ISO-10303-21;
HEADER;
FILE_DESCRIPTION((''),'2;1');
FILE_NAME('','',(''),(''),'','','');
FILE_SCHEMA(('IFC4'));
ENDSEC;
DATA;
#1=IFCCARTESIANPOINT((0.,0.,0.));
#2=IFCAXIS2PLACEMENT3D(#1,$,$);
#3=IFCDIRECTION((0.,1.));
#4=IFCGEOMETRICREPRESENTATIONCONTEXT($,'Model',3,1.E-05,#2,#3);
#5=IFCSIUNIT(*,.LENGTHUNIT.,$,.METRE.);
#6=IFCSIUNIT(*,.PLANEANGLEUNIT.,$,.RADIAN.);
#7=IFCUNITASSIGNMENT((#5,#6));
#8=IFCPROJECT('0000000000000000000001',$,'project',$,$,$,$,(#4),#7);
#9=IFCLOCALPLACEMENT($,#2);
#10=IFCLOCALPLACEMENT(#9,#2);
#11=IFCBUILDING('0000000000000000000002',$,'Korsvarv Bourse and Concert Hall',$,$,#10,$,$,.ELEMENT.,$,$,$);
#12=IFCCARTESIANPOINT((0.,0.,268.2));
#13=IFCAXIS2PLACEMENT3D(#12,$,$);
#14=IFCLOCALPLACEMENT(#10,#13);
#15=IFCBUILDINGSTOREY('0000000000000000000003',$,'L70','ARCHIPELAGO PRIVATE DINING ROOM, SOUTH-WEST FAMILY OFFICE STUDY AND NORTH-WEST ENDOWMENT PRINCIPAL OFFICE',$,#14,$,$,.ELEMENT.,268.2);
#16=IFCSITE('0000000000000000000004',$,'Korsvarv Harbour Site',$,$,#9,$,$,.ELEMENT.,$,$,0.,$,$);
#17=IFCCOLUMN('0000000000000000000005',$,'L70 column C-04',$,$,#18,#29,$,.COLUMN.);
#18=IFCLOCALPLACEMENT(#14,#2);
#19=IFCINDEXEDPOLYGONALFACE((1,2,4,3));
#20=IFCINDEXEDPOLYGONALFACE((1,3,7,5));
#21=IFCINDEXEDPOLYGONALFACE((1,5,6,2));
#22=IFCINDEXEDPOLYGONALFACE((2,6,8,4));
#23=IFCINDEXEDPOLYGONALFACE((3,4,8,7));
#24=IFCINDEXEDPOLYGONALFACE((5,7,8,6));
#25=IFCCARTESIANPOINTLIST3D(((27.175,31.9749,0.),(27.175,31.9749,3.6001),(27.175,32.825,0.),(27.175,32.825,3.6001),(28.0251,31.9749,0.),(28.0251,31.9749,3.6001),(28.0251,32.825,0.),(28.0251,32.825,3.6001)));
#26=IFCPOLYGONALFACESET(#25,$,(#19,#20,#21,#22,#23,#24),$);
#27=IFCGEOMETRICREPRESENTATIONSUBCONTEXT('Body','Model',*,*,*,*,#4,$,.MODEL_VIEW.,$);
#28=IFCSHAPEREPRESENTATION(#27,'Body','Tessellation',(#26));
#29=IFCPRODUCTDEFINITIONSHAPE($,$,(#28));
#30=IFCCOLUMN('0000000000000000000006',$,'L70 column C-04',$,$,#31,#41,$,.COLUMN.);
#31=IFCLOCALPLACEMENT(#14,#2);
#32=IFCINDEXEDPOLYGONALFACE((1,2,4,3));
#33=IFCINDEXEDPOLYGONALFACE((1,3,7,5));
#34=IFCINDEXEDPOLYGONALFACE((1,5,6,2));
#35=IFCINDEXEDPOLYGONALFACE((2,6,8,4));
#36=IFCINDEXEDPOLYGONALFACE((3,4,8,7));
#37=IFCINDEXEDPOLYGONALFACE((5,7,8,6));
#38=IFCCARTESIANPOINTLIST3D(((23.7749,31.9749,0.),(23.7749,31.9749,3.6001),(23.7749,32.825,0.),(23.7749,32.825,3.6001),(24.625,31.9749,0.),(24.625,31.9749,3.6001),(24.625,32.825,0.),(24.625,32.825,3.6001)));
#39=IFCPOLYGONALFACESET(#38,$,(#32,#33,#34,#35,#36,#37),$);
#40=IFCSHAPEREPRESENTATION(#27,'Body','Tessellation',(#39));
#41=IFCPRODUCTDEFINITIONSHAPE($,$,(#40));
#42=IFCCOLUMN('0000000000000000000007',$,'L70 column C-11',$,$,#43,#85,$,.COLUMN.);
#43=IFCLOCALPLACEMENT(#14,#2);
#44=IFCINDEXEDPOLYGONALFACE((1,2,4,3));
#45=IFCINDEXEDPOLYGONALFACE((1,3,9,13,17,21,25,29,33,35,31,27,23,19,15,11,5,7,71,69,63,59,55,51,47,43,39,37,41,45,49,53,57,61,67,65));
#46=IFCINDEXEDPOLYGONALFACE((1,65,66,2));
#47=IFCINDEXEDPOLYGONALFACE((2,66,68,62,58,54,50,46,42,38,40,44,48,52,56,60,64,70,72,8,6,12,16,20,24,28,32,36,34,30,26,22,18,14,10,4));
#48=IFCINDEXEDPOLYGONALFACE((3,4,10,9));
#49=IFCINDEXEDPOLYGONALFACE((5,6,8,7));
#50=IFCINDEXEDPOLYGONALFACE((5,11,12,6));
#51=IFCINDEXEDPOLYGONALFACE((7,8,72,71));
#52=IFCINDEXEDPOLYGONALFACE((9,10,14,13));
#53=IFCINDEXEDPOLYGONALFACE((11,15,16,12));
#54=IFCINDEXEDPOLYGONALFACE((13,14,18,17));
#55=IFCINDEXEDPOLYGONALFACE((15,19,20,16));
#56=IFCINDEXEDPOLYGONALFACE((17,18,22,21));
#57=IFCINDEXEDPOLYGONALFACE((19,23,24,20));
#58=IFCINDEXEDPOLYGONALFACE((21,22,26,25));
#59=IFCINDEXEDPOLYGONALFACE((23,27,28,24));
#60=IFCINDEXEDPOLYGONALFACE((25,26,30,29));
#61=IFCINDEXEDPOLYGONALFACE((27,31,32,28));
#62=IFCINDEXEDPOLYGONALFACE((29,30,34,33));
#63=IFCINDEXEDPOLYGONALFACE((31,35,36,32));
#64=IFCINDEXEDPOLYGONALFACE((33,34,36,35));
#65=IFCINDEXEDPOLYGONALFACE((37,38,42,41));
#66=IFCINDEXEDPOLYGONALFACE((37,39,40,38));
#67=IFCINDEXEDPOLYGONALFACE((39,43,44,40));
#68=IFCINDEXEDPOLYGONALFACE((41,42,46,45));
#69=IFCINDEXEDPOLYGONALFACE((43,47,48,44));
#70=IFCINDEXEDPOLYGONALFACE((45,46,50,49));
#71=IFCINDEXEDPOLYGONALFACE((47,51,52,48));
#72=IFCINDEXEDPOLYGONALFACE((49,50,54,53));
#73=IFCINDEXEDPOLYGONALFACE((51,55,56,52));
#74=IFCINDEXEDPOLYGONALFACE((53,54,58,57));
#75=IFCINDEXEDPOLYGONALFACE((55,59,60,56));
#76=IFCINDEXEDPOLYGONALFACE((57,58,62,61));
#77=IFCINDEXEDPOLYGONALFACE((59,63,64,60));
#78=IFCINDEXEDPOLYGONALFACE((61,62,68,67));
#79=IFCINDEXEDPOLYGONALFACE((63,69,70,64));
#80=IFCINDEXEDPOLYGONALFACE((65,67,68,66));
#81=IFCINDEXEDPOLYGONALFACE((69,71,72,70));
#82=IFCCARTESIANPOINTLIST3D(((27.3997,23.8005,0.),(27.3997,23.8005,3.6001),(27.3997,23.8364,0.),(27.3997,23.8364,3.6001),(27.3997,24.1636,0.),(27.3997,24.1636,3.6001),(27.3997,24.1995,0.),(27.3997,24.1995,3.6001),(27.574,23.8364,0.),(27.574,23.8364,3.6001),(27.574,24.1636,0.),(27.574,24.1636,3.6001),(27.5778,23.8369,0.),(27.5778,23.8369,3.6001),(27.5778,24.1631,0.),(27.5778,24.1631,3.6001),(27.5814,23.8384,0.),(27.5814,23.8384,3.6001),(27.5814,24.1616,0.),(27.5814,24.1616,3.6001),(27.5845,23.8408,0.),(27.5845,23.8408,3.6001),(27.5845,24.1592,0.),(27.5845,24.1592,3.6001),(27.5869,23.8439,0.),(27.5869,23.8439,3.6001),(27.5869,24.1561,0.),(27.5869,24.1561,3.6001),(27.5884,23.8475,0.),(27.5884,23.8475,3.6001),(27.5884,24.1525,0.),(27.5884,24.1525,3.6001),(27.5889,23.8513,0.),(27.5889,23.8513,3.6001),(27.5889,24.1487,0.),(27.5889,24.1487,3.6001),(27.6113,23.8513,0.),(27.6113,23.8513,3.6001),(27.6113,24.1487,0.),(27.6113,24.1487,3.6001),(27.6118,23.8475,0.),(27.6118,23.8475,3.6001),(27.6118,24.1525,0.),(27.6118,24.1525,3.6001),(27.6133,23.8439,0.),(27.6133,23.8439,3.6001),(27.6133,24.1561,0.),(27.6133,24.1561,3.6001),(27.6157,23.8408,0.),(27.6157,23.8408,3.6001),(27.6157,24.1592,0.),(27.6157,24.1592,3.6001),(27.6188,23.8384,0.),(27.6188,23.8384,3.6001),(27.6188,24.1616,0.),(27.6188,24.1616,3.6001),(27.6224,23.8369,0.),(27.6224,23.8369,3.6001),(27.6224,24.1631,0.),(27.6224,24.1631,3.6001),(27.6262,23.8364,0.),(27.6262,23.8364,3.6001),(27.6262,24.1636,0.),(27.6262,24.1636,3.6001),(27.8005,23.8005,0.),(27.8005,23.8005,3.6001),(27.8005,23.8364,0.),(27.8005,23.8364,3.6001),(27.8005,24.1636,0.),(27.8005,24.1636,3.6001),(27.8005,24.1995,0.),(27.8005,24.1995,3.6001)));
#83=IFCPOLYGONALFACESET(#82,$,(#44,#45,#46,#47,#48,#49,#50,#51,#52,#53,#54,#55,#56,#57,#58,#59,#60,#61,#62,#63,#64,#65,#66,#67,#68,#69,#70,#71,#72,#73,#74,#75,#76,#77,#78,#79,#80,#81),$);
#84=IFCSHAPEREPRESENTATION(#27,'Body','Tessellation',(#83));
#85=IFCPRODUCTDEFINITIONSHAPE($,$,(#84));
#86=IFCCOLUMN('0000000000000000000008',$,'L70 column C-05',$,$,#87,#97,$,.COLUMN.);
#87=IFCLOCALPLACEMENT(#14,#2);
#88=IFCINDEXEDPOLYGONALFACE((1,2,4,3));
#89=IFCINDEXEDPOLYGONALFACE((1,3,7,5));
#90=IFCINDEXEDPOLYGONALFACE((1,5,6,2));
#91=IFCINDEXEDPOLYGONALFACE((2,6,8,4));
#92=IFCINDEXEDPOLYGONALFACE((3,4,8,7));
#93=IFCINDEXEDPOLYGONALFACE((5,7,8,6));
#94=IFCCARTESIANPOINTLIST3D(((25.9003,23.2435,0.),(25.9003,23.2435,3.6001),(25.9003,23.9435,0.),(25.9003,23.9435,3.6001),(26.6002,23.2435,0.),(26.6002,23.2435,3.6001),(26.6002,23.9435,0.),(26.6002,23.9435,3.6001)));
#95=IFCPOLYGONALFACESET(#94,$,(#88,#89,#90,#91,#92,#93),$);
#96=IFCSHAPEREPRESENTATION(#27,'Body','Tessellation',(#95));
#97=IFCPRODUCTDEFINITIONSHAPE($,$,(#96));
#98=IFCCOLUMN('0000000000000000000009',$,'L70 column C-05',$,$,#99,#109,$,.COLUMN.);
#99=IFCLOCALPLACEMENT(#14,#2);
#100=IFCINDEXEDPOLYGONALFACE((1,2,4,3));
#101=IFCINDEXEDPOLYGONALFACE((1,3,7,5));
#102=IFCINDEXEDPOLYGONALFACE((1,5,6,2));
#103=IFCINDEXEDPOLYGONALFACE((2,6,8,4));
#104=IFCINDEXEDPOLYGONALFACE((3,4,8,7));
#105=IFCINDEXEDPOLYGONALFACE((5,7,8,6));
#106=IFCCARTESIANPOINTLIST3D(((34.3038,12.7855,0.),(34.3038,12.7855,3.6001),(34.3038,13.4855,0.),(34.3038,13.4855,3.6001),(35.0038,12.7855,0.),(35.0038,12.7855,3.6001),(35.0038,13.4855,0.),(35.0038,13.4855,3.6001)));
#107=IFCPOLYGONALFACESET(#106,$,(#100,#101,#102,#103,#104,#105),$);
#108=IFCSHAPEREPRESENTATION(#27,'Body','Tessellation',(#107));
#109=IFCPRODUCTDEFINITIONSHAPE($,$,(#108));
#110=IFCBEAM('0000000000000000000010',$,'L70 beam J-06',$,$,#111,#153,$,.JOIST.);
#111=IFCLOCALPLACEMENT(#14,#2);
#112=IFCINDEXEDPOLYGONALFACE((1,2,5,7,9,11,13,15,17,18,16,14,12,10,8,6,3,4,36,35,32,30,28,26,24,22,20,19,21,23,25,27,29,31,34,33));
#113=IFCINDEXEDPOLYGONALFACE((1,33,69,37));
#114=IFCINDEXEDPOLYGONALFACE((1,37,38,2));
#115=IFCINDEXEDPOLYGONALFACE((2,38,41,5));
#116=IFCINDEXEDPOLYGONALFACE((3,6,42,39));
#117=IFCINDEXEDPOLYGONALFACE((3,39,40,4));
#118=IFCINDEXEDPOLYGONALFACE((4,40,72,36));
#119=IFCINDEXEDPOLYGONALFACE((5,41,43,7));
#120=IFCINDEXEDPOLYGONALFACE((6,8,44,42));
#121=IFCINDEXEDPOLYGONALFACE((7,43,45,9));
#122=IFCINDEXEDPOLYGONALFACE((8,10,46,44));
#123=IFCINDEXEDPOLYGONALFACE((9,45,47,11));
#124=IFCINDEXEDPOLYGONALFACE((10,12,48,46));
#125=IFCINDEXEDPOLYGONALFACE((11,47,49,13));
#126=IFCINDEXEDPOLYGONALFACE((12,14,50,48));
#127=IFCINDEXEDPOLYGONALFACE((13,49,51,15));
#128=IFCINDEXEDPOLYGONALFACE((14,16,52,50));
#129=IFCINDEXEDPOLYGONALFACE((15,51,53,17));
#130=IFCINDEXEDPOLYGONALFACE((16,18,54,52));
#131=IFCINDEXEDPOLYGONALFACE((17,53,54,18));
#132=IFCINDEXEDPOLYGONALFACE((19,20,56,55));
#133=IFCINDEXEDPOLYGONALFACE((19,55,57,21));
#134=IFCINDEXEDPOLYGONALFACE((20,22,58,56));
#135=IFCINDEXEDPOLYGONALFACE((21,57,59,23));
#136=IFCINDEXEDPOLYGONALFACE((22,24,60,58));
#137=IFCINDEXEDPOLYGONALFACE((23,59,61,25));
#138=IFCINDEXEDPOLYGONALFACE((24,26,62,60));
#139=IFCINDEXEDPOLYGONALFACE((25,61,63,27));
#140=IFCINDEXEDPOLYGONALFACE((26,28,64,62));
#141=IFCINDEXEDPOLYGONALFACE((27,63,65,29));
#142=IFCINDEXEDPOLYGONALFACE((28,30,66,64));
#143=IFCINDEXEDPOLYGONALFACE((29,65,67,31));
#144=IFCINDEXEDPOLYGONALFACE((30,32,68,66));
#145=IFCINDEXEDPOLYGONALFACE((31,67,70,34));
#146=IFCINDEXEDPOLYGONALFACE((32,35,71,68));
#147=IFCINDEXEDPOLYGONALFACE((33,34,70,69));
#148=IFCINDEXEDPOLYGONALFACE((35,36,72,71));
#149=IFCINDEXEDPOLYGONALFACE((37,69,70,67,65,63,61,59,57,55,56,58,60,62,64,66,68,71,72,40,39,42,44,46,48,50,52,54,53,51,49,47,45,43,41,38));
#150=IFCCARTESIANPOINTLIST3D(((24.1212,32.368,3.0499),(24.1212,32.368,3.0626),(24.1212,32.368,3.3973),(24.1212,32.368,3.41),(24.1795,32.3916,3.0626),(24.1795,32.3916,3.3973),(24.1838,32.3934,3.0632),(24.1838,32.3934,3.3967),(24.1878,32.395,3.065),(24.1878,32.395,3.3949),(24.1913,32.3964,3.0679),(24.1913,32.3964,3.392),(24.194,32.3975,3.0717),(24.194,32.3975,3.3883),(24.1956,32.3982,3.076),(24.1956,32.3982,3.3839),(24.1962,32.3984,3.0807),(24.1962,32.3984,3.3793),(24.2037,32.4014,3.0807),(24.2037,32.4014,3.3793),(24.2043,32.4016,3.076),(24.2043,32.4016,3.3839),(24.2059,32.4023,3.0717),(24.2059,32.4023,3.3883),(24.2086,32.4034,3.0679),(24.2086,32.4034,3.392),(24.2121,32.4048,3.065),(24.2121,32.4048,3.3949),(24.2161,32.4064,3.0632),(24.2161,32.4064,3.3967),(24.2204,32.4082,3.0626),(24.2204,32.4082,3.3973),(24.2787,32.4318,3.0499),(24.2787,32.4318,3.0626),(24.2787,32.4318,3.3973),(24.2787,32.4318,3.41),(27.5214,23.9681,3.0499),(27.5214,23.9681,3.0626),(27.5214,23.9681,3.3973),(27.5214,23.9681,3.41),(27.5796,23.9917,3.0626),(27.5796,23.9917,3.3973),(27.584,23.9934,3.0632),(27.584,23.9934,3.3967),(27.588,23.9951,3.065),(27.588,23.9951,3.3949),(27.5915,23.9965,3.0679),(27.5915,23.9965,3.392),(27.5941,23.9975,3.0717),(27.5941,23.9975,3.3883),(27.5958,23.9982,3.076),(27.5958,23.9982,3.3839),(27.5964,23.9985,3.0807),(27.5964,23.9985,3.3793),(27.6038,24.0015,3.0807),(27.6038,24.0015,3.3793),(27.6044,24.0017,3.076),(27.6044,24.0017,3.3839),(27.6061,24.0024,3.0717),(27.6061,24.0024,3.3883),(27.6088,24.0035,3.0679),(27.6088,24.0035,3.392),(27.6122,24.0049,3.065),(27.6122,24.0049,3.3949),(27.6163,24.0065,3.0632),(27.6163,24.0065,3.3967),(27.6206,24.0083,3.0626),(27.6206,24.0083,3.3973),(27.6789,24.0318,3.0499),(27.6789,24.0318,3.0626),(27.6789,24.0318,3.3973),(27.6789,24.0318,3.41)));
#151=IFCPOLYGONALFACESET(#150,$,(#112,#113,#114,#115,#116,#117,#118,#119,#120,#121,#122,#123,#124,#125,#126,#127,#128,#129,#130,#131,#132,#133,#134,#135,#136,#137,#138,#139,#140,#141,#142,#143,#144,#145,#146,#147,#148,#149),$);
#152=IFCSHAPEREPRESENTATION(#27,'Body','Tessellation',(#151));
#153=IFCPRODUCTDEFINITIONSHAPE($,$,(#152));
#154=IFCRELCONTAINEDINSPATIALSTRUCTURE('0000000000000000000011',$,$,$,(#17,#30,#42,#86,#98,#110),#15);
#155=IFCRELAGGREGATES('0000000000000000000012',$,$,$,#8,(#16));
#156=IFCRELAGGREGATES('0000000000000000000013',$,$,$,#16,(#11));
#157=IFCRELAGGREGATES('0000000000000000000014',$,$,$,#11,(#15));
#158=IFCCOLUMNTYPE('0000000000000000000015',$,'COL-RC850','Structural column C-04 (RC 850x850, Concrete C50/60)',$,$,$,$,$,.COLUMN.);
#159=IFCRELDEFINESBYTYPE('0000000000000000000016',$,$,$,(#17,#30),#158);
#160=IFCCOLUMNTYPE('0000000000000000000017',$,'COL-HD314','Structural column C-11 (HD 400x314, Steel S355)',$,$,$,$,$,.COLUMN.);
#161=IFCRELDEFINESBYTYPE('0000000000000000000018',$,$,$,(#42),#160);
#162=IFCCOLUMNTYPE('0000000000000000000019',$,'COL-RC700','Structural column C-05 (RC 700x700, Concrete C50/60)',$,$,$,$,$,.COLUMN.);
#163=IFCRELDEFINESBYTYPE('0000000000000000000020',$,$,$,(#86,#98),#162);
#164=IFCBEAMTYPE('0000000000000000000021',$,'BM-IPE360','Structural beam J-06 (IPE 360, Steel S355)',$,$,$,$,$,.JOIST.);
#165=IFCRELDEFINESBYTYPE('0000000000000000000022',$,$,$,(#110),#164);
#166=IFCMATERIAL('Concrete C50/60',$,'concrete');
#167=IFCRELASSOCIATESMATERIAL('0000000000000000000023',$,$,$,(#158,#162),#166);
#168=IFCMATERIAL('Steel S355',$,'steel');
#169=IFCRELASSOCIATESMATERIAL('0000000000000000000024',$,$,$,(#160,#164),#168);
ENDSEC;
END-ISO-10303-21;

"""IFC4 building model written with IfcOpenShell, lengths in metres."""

from ifc_helpers import new_model, si_unit, direction, frame, origin, origin_2d, place, context, subcontext, project, spatial, rectangle, i_section, extrude, source, transform, mapped, material, material_profile, profile_set, type_object, element, save


model = new_model("IFC4")

# Units and contexts
model_context = context("Model", 3, precision=1e-05, world=origin(), true_north=direction((0.0, 1.0)))
body_context = subcontext(model_context, "Body", "Model", "MODEL_VIEW")
ifc_project = project(units=[si_unit("LENGTHUNIT", "METRE"), si_unit("PLANEANGLEUNIT", "RADIAN")], contexts=[model_context])

# Site, building, storey
site_placement = place(None, origin())
site = spatial("IfcSite", under=ifc_project, at=site_placement, Name="Korsvarv Harbour Site", CompositionType="ELEMENT", RefElevation=0.0)
building_placement = place(site_placement, origin())
building = spatial("IfcBuilding", under=site, at=building_placement, Name="Korsvarv Bourse and Concert Hall", CompositionType="ELEMENT")
storey_placement = place(building_placement, frame((0.0, 0.0, 268.2)))
storey = spatial("IfcBuildingStorey", under=building, at=storey_placement, Name="L70", Description="ARCHIPELAGO PRIVATE DINING ROOM, SOUTH-WEST FAMILY OFFICE STUDY AND NORTH-WEST ENDOWMENT PRINCIPAL OFFICE", CompositionType="ELEMENT", Elevation=268.2)

# Columns
ifc_material_1 = material(Name="Concrete C50/60", Category="concrete")
ifc_material_profile_1 = material_profile(ifc_material_1, rectangle(XDim=0.8501, YDim=0.8501, at=origin_2d()), Name="RC 850x850")
ifc_profile_set_1 = profile_set([ifc_material_profile_1], Name="Concrete C50/60")
column_type_1 = type_object("IfcColumnType", Name="COL-RC850", Description="Structural column C-04 (RC 850x850, Concrete C50/60)", PredefinedType="COLUMN", material=ifc_profile_set_1)
shared_shape_1 = source(origin(), body_context, "Body", "SweptSolid", [
    extrude(rectangle(XDim=0.8501, YDim=0.8501, at=origin_2d()), origin(), (0.0, 0.0, 1.0), 3.6001),
])
for number, where, z_axis, x_axis, name in (
    (1, (27.6001, 32.3999, 0.0), (0.0, 0.0, 1.0), (1.0, 0.0, 0.0), "L70 column C-04"),
    (2, (24.2, 32.3999, 0.0), (0.0, 0.0, 1.0), (1.0, 0.0, 0.0), "L70 column C-04"),
):
    element("IfcColumn", number, at=place(storey_placement, frame(where, z_axis=z_axis, x_axis=x_axis)), inside=storey, type_object=column_type_1, Name=name, PredefinedType="COLUMN", context=body_context, shape_type="MappedRepresentation", body=[
        mapped(shared_shape_1, transform((0.0, 0.0, 0.0), scale=1.0)),
    ])
ifc_material_2 = material(Name="Steel S355", Category="steel")
ifc_material_profile_2 = material_profile(ifc_material_2, i_section(OverallWidth=0.4009, OverallDepth=0.3989, WebThickness=0.0225, FlangeThickness=0.0359, FilletRadius=0.0149, at=origin_2d()), Name="HD 400x314")
ifc_profile_set_2 = profile_set([ifc_material_profile_2], Name="Steel S355")
column_type_2 = type_object("IfcColumnType", Name="COL-HD314", Description="Structural column C-11 (HD 400x314, Steel S355)", PredefinedType="COLUMN", material=ifc_profile_set_2)
shared_shape_2 = source(origin(), body_context, "Body", "SweptSolid", [
    extrude(i_section(OverallWidth=0.4009, OverallDepth=0.3989, WebThickness=0.0225, FlangeThickness=0.0359, FilletRadius=0.0149, at=origin_2d()), origin(), (0.0, 0.0, 1.0), 3.6001),
])
column_placement = place(storey_placement, frame((27.6001, 24.0, 0.0), z_axis=(0.0, 0.0, 1.0), x_axis=(1.0, 0.0, 0.0)))
element("IfcColumn", 3, at=column_placement, inside=storey, type_object=column_type_2, Name="L70 column C-11", PredefinedType="COLUMN", context=body_context, shape_type="MappedRepresentation", body=[
    mapped(shared_shape_2, transform((0.0, 0.0, 0.0), scale=1.0)),
])
ifc_material_profile_3 = material_profile(ifc_material_1, rectangle(XDim=0.7, YDim=0.7, at=origin_2d()), Name="RC 700x700")
ifc_profile_set_3 = profile_set([ifc_material_profile_3], Name="Concrete C50/60")
column_type_3 = type_object("IfcColumnType", Name="COL-RC700", Description="Structural column C-05 (RC 700x700, Concrete C50/60)", PredefinedType="COLUMN", material=ifc_profile_set_3)
shared_shape_3 = source(origin(), body_context, "Body", "SweptSolid", [
    extrude(rectangle(XDim=0.7, YDim=0.7, at=origin_2d()), origin(), (0.0, 0.0, 1.0), 3.6001),
])
for number, where, z_axis, x_axis, name in (
    (4, (26.2502, 23.5935, 0.0), (0.0, 0.0, 1.0), (1.0, 0.0, 0.0), "L70 column C-05"),
    (5, (34.6538, 13.1355, 0.0), (0.0, 0.0, 1.0), (1.0, 0.0, 0.0), "L70 column C-05"),
):
    element("IfcColumn", number, at=place(storey_placement, frame(where, z_axis=z_axis, x_axis=x_axis)), inside=storey, type_object=column_type_3, Name=name, PredefinedType="COLUMN", context=body_context, shape_type="MappedRepresentation", body=[
        mapped(shared_shape_3, transform((0.0, 0.0, 0.0), scale=1.0)),
    ])

# Beam
ifc_material_profile_4 = material_profile(ifc_material_2, i_section(OverallWidth=0.1699, OverallDepth=0.3601, WebThickness=0.0081, FlangeThickness=0.0127, FilletRadius=0.0181, at=origin_2d()), Name="IPE 360")
ifc_profile_set_4 = profile_set([ifc_material_profile_4], Name="Steel S355")
beam_type_1 = type_object("IfcBeamType", Name="BM-IPE360", Description="Structural beam J-06 (IPE 360, Steel S355)", PredefinedType="JOIST", material=ifc_profile_set_4)
shared_shape_4 = source(origin(), body_context, "Body", "SweptSolid", [
    extrude(i_section(OverallWidth=0.1699, OverallDepth=0.3601, WebThickness=0.0081, FlangeThickness=0.0127, FilletRadius=0.0181, at=origin_2d()), origin(), (0.0, 0.0, 1.0), 9.062),
])
beam_1_placement = place(storey_placement, frame((24.2, 32.3999, 3.23), z_axis=(0.37521, -0.92694, 0.0), x_axis=(0.92694, 0.37521, 0.0)))
element("IfcBeam", 6, at=beam_1_placement, inside=storey, type_object=beam_type_1, Name="L70 beam J-06", PredefinedType="JOIST", context=body_context, shape_type="MappedRepresentation", body=[
    mapped(shared_shape_4, transform((0.0, 0.0, 0.0), scale=1.0)),
])

save(model, "model.ifc")
